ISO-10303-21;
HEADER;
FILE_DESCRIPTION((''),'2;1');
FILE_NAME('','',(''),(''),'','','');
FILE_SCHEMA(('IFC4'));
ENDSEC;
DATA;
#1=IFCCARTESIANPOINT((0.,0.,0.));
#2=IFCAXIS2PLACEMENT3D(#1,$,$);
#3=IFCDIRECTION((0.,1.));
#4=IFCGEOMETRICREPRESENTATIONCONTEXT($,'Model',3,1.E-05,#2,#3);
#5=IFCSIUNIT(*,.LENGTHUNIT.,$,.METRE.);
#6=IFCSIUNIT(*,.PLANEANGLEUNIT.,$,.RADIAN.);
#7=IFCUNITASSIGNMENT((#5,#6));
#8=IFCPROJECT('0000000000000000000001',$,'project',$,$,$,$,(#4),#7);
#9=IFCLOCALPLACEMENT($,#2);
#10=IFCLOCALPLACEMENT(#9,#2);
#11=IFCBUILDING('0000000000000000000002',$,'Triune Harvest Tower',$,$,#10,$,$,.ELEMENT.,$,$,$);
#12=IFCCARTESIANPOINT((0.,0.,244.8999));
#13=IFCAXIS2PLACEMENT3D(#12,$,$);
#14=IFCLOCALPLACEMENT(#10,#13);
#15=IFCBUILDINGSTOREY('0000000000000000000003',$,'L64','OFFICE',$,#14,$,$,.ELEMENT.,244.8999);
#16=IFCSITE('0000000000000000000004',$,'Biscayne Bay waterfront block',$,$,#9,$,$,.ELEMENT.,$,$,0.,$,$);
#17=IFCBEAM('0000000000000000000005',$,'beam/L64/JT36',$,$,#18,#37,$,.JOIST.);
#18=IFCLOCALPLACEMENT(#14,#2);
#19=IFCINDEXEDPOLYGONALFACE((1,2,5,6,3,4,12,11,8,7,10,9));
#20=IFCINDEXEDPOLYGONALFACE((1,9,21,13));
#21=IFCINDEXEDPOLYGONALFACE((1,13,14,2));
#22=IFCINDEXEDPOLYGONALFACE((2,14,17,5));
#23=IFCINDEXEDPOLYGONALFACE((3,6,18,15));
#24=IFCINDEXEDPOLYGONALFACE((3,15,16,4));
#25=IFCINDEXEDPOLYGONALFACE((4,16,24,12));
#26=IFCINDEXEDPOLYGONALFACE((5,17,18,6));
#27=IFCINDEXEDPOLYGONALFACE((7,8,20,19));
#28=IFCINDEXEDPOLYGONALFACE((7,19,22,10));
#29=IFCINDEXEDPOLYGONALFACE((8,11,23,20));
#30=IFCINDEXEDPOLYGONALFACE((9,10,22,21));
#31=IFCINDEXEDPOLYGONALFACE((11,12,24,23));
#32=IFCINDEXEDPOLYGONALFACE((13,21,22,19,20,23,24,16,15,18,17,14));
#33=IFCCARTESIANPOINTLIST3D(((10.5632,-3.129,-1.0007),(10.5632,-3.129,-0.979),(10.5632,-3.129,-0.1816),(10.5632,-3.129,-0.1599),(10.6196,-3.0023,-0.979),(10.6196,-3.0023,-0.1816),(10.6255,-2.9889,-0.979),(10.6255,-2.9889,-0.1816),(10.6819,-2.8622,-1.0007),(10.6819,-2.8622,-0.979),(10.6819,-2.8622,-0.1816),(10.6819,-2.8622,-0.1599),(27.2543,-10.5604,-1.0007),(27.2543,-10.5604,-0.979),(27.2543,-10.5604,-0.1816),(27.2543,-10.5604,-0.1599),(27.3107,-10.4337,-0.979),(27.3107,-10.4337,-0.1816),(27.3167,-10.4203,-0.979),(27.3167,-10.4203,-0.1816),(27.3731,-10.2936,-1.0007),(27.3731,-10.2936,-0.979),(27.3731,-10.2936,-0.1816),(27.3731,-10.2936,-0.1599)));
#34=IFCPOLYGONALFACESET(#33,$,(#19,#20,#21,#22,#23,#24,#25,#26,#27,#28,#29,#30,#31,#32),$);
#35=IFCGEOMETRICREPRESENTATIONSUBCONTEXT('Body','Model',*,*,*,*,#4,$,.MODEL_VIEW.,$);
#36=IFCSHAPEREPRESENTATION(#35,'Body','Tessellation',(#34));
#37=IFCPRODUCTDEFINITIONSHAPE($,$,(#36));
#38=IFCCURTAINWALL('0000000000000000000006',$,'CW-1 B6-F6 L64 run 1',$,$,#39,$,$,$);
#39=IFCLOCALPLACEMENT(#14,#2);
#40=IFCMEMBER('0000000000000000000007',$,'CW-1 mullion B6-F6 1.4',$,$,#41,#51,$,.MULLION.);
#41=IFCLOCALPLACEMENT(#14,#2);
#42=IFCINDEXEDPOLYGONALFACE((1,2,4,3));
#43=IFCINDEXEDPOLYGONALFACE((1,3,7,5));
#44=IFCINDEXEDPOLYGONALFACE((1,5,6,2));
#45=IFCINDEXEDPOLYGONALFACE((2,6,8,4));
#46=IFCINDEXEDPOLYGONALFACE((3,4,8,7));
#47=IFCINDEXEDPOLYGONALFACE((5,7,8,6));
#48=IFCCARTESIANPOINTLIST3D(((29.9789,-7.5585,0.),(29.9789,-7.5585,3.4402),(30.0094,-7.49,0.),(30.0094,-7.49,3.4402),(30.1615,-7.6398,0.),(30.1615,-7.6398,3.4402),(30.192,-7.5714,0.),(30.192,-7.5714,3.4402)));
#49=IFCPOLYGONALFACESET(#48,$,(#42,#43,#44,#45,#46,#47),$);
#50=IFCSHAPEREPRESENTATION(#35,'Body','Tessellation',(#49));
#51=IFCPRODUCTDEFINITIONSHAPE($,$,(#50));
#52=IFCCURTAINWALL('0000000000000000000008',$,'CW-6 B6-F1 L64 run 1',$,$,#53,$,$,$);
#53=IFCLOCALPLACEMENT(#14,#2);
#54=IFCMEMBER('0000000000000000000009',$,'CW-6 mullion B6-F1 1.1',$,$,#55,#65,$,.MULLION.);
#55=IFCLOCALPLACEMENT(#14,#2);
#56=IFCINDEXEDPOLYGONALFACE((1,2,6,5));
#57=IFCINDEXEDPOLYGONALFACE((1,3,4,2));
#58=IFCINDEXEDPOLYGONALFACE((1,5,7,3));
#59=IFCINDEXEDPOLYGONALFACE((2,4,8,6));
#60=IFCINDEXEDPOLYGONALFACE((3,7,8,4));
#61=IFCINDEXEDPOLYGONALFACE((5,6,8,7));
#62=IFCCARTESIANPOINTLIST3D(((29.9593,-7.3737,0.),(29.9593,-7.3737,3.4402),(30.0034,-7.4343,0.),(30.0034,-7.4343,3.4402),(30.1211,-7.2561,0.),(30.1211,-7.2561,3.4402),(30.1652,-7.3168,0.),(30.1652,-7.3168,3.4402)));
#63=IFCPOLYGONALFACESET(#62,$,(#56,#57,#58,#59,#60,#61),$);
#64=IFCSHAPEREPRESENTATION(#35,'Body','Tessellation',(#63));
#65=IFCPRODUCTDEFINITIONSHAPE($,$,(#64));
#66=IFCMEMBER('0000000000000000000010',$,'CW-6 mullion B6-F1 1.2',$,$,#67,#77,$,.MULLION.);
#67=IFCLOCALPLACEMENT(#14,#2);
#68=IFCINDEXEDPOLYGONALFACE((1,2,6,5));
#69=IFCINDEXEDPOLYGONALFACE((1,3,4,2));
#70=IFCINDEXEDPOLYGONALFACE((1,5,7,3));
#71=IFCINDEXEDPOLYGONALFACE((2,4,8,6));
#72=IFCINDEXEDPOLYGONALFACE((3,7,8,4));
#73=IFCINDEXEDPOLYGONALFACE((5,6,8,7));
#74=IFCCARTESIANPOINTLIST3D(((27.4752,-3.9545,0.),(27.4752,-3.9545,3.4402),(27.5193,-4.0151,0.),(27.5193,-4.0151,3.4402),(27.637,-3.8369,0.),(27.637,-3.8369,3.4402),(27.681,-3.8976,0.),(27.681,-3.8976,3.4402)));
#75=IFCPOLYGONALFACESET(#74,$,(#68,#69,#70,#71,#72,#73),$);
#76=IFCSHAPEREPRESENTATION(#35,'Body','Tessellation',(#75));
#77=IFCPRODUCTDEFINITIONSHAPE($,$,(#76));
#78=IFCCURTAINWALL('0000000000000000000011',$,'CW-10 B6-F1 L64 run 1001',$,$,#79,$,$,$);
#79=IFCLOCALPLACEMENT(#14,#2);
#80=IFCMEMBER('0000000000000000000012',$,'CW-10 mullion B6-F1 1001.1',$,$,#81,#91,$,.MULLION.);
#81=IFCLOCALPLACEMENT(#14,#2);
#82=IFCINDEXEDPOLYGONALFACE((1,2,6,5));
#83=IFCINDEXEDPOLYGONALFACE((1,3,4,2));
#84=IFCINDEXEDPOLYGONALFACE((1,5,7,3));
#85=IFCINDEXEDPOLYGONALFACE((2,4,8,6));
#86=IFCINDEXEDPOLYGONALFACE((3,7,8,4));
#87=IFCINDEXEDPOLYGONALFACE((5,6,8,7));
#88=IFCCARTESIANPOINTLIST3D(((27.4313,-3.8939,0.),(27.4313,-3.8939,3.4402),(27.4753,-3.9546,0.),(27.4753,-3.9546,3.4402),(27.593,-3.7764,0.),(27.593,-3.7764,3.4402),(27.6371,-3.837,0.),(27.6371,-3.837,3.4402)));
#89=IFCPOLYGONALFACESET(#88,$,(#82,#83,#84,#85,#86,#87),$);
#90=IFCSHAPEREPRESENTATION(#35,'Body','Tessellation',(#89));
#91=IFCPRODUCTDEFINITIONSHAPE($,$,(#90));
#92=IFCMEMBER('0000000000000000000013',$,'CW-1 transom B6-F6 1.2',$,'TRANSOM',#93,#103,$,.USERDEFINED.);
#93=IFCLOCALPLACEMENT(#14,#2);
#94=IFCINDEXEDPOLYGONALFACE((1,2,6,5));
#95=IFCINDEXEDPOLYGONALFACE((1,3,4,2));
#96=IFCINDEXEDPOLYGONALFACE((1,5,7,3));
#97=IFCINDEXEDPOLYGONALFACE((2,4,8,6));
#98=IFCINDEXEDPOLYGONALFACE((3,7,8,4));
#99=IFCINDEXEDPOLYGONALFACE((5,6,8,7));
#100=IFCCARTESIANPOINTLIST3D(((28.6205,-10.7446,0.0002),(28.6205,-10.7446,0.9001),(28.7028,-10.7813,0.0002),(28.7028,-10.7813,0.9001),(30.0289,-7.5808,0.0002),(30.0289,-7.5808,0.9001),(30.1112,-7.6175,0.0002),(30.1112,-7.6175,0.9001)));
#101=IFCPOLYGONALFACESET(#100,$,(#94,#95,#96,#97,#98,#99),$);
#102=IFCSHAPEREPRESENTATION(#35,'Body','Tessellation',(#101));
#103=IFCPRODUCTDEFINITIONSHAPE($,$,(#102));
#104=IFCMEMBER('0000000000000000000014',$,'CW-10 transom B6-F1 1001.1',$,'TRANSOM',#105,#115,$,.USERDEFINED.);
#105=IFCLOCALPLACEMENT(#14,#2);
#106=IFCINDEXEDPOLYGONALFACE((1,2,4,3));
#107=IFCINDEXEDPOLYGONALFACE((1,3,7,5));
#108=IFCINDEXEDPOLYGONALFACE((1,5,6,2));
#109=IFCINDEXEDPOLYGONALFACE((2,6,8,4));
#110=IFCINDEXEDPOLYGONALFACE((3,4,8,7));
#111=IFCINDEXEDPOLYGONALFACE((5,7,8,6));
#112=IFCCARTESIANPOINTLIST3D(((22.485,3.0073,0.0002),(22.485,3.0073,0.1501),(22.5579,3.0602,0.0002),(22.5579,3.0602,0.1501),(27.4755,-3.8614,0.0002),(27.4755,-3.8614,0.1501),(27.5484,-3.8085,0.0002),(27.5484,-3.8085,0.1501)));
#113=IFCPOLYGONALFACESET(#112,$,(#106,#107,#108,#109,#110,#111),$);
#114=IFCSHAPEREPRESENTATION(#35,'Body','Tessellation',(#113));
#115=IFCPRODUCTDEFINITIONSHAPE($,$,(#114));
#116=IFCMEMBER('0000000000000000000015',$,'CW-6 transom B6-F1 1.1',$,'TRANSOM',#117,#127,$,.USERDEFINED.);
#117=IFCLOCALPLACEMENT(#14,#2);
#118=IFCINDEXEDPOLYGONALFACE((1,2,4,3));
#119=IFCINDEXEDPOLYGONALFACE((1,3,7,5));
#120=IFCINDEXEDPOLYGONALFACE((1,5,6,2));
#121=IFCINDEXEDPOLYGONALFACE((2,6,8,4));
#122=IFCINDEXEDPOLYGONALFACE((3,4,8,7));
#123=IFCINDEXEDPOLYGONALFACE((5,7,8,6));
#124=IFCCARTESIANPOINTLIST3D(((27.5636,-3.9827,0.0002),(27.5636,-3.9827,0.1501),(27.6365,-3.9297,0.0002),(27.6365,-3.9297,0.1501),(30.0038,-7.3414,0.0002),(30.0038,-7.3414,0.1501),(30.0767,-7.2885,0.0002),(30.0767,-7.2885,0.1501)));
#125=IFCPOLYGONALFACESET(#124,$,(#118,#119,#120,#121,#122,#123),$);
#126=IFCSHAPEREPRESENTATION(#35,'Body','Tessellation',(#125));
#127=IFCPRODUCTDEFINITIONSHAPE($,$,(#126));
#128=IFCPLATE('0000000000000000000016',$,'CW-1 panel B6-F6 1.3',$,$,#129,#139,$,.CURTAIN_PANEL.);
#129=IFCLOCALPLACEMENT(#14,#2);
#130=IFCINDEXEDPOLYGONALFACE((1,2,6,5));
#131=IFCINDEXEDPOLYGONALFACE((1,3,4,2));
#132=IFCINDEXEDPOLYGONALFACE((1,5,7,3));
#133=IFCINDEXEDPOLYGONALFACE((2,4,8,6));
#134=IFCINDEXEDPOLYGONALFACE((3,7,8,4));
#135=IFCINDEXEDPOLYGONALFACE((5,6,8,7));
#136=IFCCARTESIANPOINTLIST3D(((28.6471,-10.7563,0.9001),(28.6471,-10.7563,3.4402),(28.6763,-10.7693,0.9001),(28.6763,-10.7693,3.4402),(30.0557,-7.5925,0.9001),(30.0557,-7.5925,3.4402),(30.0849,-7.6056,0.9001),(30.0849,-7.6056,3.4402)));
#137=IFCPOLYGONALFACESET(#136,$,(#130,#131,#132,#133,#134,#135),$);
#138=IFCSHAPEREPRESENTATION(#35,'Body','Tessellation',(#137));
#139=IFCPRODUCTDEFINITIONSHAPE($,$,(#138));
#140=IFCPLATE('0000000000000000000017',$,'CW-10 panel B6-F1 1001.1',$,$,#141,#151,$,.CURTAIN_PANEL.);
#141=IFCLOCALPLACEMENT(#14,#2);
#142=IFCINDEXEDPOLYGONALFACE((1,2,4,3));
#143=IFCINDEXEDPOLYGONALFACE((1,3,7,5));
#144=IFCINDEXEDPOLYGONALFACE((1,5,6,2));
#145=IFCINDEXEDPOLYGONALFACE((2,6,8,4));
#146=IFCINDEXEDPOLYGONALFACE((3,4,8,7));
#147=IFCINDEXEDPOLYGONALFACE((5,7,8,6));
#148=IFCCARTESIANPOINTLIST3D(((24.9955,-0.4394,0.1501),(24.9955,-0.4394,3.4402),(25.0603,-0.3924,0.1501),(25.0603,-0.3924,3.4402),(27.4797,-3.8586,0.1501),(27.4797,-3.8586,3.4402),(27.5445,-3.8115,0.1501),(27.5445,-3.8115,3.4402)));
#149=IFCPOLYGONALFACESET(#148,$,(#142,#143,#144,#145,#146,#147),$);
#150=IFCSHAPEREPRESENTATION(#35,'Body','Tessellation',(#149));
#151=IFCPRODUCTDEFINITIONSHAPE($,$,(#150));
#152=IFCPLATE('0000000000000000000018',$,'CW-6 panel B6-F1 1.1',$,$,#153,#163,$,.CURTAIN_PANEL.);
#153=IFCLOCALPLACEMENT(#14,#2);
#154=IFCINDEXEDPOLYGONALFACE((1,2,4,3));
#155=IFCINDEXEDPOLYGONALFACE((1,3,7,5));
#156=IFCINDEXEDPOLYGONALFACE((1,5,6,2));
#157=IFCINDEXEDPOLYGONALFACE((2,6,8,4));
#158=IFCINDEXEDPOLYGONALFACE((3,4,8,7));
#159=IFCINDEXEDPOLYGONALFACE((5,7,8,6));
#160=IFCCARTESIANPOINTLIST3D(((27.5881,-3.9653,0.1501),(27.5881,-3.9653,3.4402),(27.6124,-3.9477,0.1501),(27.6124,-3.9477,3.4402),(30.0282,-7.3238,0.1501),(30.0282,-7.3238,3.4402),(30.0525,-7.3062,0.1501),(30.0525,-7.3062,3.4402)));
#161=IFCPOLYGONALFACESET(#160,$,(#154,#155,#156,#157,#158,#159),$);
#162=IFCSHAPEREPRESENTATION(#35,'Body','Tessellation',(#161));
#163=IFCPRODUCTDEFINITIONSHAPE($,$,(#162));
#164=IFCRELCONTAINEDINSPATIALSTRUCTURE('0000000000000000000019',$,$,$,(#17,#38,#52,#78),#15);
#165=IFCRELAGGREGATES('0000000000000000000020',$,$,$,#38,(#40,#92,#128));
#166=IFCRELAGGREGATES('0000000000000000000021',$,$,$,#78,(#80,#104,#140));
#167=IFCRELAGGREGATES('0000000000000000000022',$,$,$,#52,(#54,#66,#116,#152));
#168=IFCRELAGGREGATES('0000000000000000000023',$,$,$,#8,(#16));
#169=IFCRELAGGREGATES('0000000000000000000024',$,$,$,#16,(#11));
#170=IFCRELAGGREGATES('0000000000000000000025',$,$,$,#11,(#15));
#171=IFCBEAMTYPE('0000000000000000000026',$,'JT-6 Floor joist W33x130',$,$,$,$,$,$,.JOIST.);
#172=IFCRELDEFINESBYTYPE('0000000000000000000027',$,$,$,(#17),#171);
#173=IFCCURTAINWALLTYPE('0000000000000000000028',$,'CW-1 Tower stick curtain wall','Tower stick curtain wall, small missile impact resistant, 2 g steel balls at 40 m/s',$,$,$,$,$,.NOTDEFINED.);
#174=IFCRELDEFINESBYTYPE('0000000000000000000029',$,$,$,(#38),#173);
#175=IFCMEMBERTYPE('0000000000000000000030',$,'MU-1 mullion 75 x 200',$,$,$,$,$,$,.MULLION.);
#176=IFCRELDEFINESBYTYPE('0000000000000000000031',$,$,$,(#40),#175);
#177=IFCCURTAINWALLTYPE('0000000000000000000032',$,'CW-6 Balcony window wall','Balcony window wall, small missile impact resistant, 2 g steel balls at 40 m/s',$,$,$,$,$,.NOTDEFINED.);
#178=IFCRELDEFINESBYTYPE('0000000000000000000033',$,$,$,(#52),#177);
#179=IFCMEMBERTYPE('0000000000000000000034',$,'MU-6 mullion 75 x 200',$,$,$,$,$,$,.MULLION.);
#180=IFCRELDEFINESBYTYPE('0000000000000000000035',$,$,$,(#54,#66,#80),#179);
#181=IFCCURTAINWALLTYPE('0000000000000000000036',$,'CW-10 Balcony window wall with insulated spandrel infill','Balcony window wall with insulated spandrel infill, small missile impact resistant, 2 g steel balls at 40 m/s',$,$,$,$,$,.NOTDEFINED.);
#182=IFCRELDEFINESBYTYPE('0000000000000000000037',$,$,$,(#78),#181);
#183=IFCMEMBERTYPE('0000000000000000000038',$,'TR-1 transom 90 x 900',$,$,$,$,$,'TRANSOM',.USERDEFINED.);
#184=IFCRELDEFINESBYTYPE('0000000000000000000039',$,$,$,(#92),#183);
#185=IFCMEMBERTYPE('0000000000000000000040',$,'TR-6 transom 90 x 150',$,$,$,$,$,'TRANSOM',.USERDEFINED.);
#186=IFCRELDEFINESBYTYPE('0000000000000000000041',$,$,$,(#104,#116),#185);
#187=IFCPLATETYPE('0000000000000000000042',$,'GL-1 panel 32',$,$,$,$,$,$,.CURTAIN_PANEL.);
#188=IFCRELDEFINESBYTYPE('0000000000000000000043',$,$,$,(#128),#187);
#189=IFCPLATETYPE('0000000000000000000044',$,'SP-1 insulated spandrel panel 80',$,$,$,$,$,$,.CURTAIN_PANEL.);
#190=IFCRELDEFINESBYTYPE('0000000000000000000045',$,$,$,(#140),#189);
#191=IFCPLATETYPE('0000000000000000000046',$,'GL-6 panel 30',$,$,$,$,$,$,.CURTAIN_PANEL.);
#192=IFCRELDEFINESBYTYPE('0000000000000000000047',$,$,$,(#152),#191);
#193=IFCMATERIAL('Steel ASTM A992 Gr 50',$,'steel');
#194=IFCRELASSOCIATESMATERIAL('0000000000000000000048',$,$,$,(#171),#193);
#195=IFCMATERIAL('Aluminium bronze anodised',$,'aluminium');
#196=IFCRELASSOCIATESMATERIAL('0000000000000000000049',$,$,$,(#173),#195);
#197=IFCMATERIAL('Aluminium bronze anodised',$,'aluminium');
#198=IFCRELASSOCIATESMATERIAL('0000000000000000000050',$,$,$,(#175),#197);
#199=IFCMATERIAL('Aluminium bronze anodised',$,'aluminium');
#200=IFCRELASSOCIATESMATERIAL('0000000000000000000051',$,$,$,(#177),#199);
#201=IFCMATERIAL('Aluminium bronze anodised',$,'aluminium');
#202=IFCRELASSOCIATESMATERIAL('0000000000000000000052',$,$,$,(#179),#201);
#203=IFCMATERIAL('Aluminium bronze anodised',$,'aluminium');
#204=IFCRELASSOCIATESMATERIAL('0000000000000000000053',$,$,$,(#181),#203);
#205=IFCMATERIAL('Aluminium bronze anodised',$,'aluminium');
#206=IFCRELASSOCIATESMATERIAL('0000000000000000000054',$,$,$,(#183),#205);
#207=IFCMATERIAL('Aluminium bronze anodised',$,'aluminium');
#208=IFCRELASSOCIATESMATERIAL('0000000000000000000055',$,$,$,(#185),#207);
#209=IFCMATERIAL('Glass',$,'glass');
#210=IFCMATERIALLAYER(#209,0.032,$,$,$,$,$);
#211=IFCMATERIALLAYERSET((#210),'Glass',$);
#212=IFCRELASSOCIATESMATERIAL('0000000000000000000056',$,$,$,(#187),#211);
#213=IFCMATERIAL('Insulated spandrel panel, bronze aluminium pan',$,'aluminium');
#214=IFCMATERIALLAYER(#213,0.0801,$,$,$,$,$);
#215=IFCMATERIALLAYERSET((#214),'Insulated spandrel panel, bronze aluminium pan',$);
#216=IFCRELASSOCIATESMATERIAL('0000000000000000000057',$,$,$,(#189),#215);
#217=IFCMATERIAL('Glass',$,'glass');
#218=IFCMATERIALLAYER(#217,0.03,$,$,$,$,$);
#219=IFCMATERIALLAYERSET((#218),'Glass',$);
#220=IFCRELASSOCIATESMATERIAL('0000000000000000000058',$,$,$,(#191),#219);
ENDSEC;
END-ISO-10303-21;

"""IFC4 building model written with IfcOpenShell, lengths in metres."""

from ifc_helpers import new_model, si_unit, direction, frame, origin, origin_2d, place, context, subcontext, project, spatial, rectangle, i_section, extrude, source, transform, mapped, material, layer, layer_set, material_profile, profile_set, type_object, element, aggregate, save


model = new_model("IFC4")

# Units and contexts
model_context = context("Model", 3, precision=1e-05, world=origin(), true_north=direction((0.0, 1.0)))
body_context = subcontext(model_context, "Body", "Model", "MODEL_VIEW")
ifc_project = project(units=[si_unit("LENGTHUNIT", "METRE"), si_unit("PLANEANGLEUNIT", "RADIAN")], contexts=[model_context])

# Site, building, storey
site_placement = place(None, origin())
site = spatial("IfcSite", under=ifc_project, at=site_placement, Name="Biscayne Bay waterfront block", CompositionType="ELEMENT", RefElevation=0.0)
building_placement = place(site_placement, origin())
building = spatial("IfcBuilding", under=site, at=building_placement, Name="Triune Harvest Tower", CompositionType="ELEMENT")
storey_placement = place(building_placement, frame((0.0, 0.0, 244.8999)))
storey = spatial("IfcBuildingStorey", under=building, at=storey_placement, Name="L64", Description="OFFICE", CompositionType="ELEMENT", Elevation=244.8999)

# Beam
ifc_material_1 = material(Name="Steel ASTM A992 Gr 50", Category="steel")
ifc_material_profile_1 = material_profile(ifc_material_1, i_section(OverallWidth=0.292, OverallDepth=0.8408, WebThickness=0.0146, FlangeThickness=0.0217, at=origin_2d()), Name="W33x130")
ifc_profile_set_1 = profile_set([ifc_material_profile_1], Name="Steel ASTM A992 Gr 50")
beam_type_1 = type_object("IfcBeamType", Name="JT-6 Floor joist W33x130", PredefinedType="JOIST", material=ifc_profile_set_1)
shared_shape_1 = source(origin(), body_context, "Body", "SweptSolid", [
    extrude(i_section(OverallWidth=0.292, OverallDepth=0.8408, WebThickness=0.0146, FlangeThickness=0.0217, at=origin_2d()), origin(), (0.0, 0.0, 1.0), 18.2708),
])
beam_1_placement = place(storey_placement, frame((27.3137, -10.427, -0.5803), z_axis=(-0.913545, 0.406737, 0.0), x_axis=(-0.406737, -0.913545, 0.0)))
element("IfcBeam", 1, at=beam_1_placement, inside=storey, type_object=beam_type_1, Name="beam/L64/JT36", PredefinedType="JOIST", context=body_context, shape_type="MappedRepresentation", body=[
    mapped(shared_shape_1, transform((0.0, 0.0, 0.0), scale=1.0)),
])

# Curtain wall, member
ifc_material_2 = material(Name="Aluminium bronze anodised", Category="aluminium")
curtain_wall_type_1 = type_object("IfcCurtainWallType", Name="CW-1 Tower stick curtain wall", Description="Tower stick curtain wall, small missile impact resistant, 2 g steel balls at 40 m/s", PredefinedType="NOTDEFINED", material=ifc_material_2)
curtain_wall_1_placement = place(storey_placement, origin())
curtain_wall_1 = element("IfcCurtainWall", 2, at=curtain_wall_1_placement, inside=storey, type_object=curtain_wall_type_1, Name="CW-1 B6-F6 L64 run 1")
ifc_material_3 = material(Name="Aluminium bronze anodised", Category="aluminium")
ifc_material_profile_2 = material_profile(ifc_material_3, rectangle(XDim=0.2, YDim=0.075, at=origin_2d()), Name="MU-1 mullion 75 x 200")
ifc_profile_set_2 = profile_set([ifc_material_profile_2], Name="Aluminium bronze anodised")
member_type_1 = type_object("IfcMemberType", Name="MU-1 mullion 75 x 200", PredefinedType="MULLION", material=ifc_profile_set_2)
shared_shape_2 = source(origin(), body_context, "Body", "SweptSolid", [
    extrude(rectangle(XDim=0.2, YDim=0.075, at=origin_2d()), origin(), (0.0, 0.0, 1.0), 3.4402),
])
member_1_placement = place(storey_placement, frame((30.0854, -7.5649, 0.0), z_axis=(0.0, 0.0, 1.0), x_axis=(-0.913543, 0.406743, 0.0)))
member_1 = element("IfcMember", 3, at=member_1_placement, type_object=member_type_1, Name="CW-1 mullion B6-F6 1.4", PredefinedType="MULLION", context=body_context, shape_type="MappedRepresentation", body=[
    mapped(shared_shape_2, transform((0.0, 0.0, 0.0), scale=1.0)),
])

# Curtain wall, members
ifc_material_4 = material(Name="Aluminium bronze anodised", Category="aluminium")
curtain_wall_type_2 = type_object("IfcCurtainWallType", Name="CW-6 Balcony window wall", Description="Balcony window wall, small missile impact resistant, 2 g steel balls at 40 m/s", PredefinedType="NOTDEFINED", material=ifc_material_4)
curtain_wall_2_placement = place(storey_placement, origin())
curtain_wall_2 = element("IfcCurtainWall", 4, at=curtain_wall_2_placement, inside=storey, type_object=curtain_wall_type_2, Name="CW-6 B6-F1 L64 run 1")
ifc_material_5 = material(Name="Aluminium bronze anodised", Category="aluminium")
ifc_material_profile_3 = material_profile(ifc_material_5, rectangle(XDim=0.2, YDim=0.075, at=origin_2d()), Name="MU-6 mullion 75 x 200")
ifc_profile_set_3 = profile_set([ifc_material_profile_3], Name="Aluminium bronze anodised")
member_type_2 = type_object("IfcMemberType", Name="MU-6 mullion 75 x 200", PredefinedType="MULLION", material=ifc_profile_set_3)
shared_shape_3 = source(origin(), body_context, "Body", "SweptSolid", [
    extrude(rectangle(XDim=0.2, YDim=0.075, at=origin_2d()), origin(), (0.0, 0.0, 1.0), 3.4402),
])
member_2_placement = place(storey_placement, frame((30.0623, -7.3452, 0.0), z_axis=(0.0, 0.0, 1.0), x_axis=(-0.809016, -0.587787, 0.0)))
member_2 = element("IfcMember", 5, at=member_2_placement, type_object=member_type_2, Name="CW-6 mullion B6-F1 1.1", PredefinedType="MULLION", context=body_context, shape_type="MappedRepresentation", body=[
    mapped(shared_shape_3, transform((0.0, 0.0, 0.0), scale=1.0)),
])
member_3_placement = place(storey_placement, frame((27.5781, -3.926, 0.0), z_axis=(0.0, 0.0, 1.0), x_axis=(-0.809016, -0.587787, 0.0)))
member_3 = element("IfcMember", 6, at=member_3_placement, type_object=member_type_2, Name="CW-6 mullion B6-F1 1.2", PredefinedType="MULLION", context=body_context, shape_type="MappedRepresentation", body=[
    mapped(shared_shape_3, transform((0.0, 0.0, 0.0), scale=1.0)),
])

# Curtain wall, member
ifc_material_6 = material(Name="Aluminium bronze anodised", Category="aluminium")
curtain_wall_type_3 = type_object("IfcCurtainWallType", Name="CW-10 Balcony window wall with insulated spandrel infill", Description="Balcony window wall with insulated spandrel infill, small missile impact resistant, 2 g steel balls at 40 m/s", PredefinedType="NOTDEFINED", material=ifc_material_6)
curtain_wall_3_placement = place(storey_placement, origin())
curtain_wall_3 = element("IfcCurtainWall", 7, at=curtain_wall_3_placement, inside=storey, type_object=curtain_wall_type_3, Name="CW-10 B6-F1 L64 run 1001")
member_4_placement = place(storey_placement, frame((27.5342, -3.8655, 0.0), z_axis=(0.0, 0.0, 1.0), x_axis=(-0.809016, -0.587786, 0.0)))
member_4 = element("IfcMember", 8, at=member_4_placement, type_object=member_type_2, Name="CW-10 mullion B6-F1 1001.1", PredefinedType="MULLION", context=body_context, shape_type="MappedRepresentation", body=[
    mapped(shared_shape_3, transform((0.0, 0.0, 0.0), scale=1.0)),
])

# Members
ifc_material_7 = material(Name="Aluminium bronze anodised", Category="aluminium")
ifc_material_profile_4 = material_profile(ifc_material_7, rectangle(XDim=0.0901, YDim=0.8999, at=origin_2d()), Name="TR-1 transom 90 x 900")
ifc_profile_set_4 = profile_set([ifc_material_profile_4], Name="Aluminium bronze anodised")
member_type_3 = type_object("IfcMemberType", Name="TR-1 transom 90 x 900", ElementType="TRANSOM", PredefinedType="USERDEFINED", material=ifc_profile_set_4)
shared_shape_4 = source(origin(), body_context, "Body", "SweptSolid", [
    extrude(rectangle(XDim=0.0901, YDim=0.8999, at=origin_2d()), origin(), (0.0, 0.0, 1.0), 3.4631),
])
member_5_placement = place(storey_placement, frame((28.6616, -10.7629, 0.4502), z_axis=(0.406694, 0.913564, 0.0), x_axis=(-0.913564, 0.406694, 0.0)))
member_5 = element("IfcMember", 9, at=member_5_placement, type_object=member_type_3, Name="CW-1 transom B6-F6 1.2", ObjectType="TRANSOM", PredefinedType="USERDEFINED", context=body_context, shape_type="MappedRepresentation", body=[
    mapped(shared_shape_4, transform((0.0, 0.0, 0.0), scale=1.0)),
])
ifc_material_8 = material(Name="Aluminium bronze anodised", Category="aluminium")
ifc_material_profile_5 = material_profile(ifc_material_8, rectangle(XDim=0.0901, YDim=0.1499, at=origin_2d()), Name="TR-6 transom 90 x 150")
ifc_profile_set_5 = profile_set([ifc_material_profile_5], Name="Aluminium bronze anodised")
member_type_4 = type_object("IfcMemberType", Name="TR-6 transom 90 x 150", ElementType="TRANSOM", PredefinedType="USERDEFINED", material=ifc_profile_set_5)
shared_shape_5 = source(origin(), body_context, "Body", "SweptSolid", [
    extrude(rectangle(XDim=0.0901, YDim=0.1499, at=origin_2d()), origin(), (0.0, 0.0, 1.0), 8.4902),
])
member_6_placement = place(storey_placement, frame((27.512, -3.835, 0.0752), z_axis=(-0.587794, 0.809011, 0.0), x_axis=(-0.809011, -0.587794, 0.0)))
member_6 = element("IfcMember", 10, at=member_6_placement, type_object=member_type_4, Name="CW-10 transom B6-F1 1001.1", ObjectType="TRANSOM", PredefinedType="USERDEFINED", context=body_context, shape_type="MappedRepresentation", body=[
    mapped(shared_shape_5, transform((0.0, 0.0, 0.0), scale=1.0)),
])
shared_shape_6 = source(origin(), body_context, "Body", "SweptSolid", [
    extrude(rectangle(XDim=0.0901, YDim=0.1499, at=origin_2d()), origin(), (0.0, 0.0, 1.0), 4.1516),
])
member_7_placement = place(storey_placement, frame((30.0403, -7.3149, 0.0752), z_axis=(-0.587783, 0.809018, 0.0), x_axis=(-0.809018, -0.587783, 0.0)))
member_7 = element("IfcMember", 11, at=member_7_placement, type_object=member_type_4, Name="CW-6 transom B6-F1 1.1", ObjectType="TRANSOM", PredefinedType="USERDEFINED", context=body_context, shape_type="MappedRepresentation", body=[
    mapped(shared_shape_6, transform((0.0, 0.0, 0.0), scale=1.0)),
])

# Plates
ifc_material_9 = material(Name="Glass", Category="glass")
ifc_layer_1 = layer(ifc_material_9, 0.032)
ifc_layer_set_1 = layer_set([ifc_layer_1], Name="Glass")
plate_type_1 = type_object("IfcPlateType", Name="GL-1 panel 32", PredefinedType="CURTAIN_PANEL", material=ifc_layer_set_1)
shared_shape_7 = source(origin(), body_context, "Body", "SweptSolid", [
    extrude(rectangle(XDim=3.4631, YDim=0.032, at=origin_2d()), origin(), (0.0, 0.0, 1.0), 2.54),
])
plate_1_placement = place(storey_placement, frame((29.366, -9.1809, 0.9001), z_axis=(0.0, 0.0, 1.0), x_axis=(0.406743, 0.913543, 0.0)))
plate_1 = element("IfcPlate", 12, at=plate_1_placement, type_object=plate_type_1, Name="CW-1 panel B6-F6 1.3", PredefinedType="CURTAIN_PANEL", context=body_context, shape_type="MappedRepresentation", body=[
    mapped(shared_shape_7, transform((0.0, 0.0, 0.0), scale=1.0)),
])
aggregate(curtain_wall_1, [member_1, member_5, plate_1])
ifc_material_10 = material(Name="Insulated spandrel panel, bronze aluminium pan", Category="aluminium")
ifc_layer_2 = layer(ifc_material_10, 0.0801)
ifc_layer_set_2 = layer_set([ifc_layer_2], Name="Insulated spandrel panel, bronze aluminium pan")
plate_type_2 = type_object("IfcPlateType", Name="SP-1 insulated spandrel panel 80", PredefinedType="CURTAIN_PANEL", material=ifc_layer_set_2)
shared_shape_8 = source(origin(), body_context, "Body", "SweptSolid", [
    extrude(rectangle(XDim=4.2263, YDim=0.0801, at=origin_2d()), origin(), (0.0, 0.0, 1.0), 3.29),
])
plate_2_placement = place(storey_placement, frame((26.27, -2.1255, 0.1501), z_axis=(0.0, 0.0, 1.0), x_axis=(-0.587786, 0.809016, 0.0)))
plate_2 = element("IfcPlate", 13, at=plate_2_placement, type_object=plate_type_2, Name="CW-10 panel B6-F1 1001.1", PredefinedType="CURTAIN_PANEL", context=body_context, shape_type="MappedRepresentation", body=[
    mapped(shared_shape_8, transform((0.0, 0.0, 0.0), scale=1.0)),
])
aggregate(curtain_wall_3, [member_4, member_6, plate_2])
ifc_material_11 = material(Name="Glass", Category="glass")
ifc_layer_3 = layer(ifc_material_11, 0.03)
ifc_layer_set_3 = layer_set([ifc_layer_3], Name="Glass")
plate_type_3 = type_object("IfcPlateType", Name="GL-6 panel 30", PredefinedType="CURTAIN_PANEL", material=ifc_layer_set_3)
shared_shape_9 = source(origin(), body_context, "Body", "SweptSolid", [
    extrude(rectangle(XDim=4.1514, YDim=0.03, at=origin_2d()), origin(), (0.0, 0.0, 1.0), 3.29),
])
plate_3_placement = place(storey_placement, frame((28.8203, -5.6357, 0.1501), z_axis=(0.0, 0.0, 1.0), x_axis=(-0.587787, 0.809016, 0.0)))
plate_3 = element("IfcPlate", 14, at=plate_3_placement, type_object=plate_type_3, Name="CW-6 panel B6-F1 1.1", PredefinedType="CURTAIN_PANEL", context=body_context, shape_type="MappedRepresentation", body=[
    mapped(shared_shape_9, transform((0.0, 0.0, 0.0), scale=1.0)),
])
aggregate(curtain_wall_2, [member_2, member_3, member_7, plate_3])

save(model, "model.ifc")
